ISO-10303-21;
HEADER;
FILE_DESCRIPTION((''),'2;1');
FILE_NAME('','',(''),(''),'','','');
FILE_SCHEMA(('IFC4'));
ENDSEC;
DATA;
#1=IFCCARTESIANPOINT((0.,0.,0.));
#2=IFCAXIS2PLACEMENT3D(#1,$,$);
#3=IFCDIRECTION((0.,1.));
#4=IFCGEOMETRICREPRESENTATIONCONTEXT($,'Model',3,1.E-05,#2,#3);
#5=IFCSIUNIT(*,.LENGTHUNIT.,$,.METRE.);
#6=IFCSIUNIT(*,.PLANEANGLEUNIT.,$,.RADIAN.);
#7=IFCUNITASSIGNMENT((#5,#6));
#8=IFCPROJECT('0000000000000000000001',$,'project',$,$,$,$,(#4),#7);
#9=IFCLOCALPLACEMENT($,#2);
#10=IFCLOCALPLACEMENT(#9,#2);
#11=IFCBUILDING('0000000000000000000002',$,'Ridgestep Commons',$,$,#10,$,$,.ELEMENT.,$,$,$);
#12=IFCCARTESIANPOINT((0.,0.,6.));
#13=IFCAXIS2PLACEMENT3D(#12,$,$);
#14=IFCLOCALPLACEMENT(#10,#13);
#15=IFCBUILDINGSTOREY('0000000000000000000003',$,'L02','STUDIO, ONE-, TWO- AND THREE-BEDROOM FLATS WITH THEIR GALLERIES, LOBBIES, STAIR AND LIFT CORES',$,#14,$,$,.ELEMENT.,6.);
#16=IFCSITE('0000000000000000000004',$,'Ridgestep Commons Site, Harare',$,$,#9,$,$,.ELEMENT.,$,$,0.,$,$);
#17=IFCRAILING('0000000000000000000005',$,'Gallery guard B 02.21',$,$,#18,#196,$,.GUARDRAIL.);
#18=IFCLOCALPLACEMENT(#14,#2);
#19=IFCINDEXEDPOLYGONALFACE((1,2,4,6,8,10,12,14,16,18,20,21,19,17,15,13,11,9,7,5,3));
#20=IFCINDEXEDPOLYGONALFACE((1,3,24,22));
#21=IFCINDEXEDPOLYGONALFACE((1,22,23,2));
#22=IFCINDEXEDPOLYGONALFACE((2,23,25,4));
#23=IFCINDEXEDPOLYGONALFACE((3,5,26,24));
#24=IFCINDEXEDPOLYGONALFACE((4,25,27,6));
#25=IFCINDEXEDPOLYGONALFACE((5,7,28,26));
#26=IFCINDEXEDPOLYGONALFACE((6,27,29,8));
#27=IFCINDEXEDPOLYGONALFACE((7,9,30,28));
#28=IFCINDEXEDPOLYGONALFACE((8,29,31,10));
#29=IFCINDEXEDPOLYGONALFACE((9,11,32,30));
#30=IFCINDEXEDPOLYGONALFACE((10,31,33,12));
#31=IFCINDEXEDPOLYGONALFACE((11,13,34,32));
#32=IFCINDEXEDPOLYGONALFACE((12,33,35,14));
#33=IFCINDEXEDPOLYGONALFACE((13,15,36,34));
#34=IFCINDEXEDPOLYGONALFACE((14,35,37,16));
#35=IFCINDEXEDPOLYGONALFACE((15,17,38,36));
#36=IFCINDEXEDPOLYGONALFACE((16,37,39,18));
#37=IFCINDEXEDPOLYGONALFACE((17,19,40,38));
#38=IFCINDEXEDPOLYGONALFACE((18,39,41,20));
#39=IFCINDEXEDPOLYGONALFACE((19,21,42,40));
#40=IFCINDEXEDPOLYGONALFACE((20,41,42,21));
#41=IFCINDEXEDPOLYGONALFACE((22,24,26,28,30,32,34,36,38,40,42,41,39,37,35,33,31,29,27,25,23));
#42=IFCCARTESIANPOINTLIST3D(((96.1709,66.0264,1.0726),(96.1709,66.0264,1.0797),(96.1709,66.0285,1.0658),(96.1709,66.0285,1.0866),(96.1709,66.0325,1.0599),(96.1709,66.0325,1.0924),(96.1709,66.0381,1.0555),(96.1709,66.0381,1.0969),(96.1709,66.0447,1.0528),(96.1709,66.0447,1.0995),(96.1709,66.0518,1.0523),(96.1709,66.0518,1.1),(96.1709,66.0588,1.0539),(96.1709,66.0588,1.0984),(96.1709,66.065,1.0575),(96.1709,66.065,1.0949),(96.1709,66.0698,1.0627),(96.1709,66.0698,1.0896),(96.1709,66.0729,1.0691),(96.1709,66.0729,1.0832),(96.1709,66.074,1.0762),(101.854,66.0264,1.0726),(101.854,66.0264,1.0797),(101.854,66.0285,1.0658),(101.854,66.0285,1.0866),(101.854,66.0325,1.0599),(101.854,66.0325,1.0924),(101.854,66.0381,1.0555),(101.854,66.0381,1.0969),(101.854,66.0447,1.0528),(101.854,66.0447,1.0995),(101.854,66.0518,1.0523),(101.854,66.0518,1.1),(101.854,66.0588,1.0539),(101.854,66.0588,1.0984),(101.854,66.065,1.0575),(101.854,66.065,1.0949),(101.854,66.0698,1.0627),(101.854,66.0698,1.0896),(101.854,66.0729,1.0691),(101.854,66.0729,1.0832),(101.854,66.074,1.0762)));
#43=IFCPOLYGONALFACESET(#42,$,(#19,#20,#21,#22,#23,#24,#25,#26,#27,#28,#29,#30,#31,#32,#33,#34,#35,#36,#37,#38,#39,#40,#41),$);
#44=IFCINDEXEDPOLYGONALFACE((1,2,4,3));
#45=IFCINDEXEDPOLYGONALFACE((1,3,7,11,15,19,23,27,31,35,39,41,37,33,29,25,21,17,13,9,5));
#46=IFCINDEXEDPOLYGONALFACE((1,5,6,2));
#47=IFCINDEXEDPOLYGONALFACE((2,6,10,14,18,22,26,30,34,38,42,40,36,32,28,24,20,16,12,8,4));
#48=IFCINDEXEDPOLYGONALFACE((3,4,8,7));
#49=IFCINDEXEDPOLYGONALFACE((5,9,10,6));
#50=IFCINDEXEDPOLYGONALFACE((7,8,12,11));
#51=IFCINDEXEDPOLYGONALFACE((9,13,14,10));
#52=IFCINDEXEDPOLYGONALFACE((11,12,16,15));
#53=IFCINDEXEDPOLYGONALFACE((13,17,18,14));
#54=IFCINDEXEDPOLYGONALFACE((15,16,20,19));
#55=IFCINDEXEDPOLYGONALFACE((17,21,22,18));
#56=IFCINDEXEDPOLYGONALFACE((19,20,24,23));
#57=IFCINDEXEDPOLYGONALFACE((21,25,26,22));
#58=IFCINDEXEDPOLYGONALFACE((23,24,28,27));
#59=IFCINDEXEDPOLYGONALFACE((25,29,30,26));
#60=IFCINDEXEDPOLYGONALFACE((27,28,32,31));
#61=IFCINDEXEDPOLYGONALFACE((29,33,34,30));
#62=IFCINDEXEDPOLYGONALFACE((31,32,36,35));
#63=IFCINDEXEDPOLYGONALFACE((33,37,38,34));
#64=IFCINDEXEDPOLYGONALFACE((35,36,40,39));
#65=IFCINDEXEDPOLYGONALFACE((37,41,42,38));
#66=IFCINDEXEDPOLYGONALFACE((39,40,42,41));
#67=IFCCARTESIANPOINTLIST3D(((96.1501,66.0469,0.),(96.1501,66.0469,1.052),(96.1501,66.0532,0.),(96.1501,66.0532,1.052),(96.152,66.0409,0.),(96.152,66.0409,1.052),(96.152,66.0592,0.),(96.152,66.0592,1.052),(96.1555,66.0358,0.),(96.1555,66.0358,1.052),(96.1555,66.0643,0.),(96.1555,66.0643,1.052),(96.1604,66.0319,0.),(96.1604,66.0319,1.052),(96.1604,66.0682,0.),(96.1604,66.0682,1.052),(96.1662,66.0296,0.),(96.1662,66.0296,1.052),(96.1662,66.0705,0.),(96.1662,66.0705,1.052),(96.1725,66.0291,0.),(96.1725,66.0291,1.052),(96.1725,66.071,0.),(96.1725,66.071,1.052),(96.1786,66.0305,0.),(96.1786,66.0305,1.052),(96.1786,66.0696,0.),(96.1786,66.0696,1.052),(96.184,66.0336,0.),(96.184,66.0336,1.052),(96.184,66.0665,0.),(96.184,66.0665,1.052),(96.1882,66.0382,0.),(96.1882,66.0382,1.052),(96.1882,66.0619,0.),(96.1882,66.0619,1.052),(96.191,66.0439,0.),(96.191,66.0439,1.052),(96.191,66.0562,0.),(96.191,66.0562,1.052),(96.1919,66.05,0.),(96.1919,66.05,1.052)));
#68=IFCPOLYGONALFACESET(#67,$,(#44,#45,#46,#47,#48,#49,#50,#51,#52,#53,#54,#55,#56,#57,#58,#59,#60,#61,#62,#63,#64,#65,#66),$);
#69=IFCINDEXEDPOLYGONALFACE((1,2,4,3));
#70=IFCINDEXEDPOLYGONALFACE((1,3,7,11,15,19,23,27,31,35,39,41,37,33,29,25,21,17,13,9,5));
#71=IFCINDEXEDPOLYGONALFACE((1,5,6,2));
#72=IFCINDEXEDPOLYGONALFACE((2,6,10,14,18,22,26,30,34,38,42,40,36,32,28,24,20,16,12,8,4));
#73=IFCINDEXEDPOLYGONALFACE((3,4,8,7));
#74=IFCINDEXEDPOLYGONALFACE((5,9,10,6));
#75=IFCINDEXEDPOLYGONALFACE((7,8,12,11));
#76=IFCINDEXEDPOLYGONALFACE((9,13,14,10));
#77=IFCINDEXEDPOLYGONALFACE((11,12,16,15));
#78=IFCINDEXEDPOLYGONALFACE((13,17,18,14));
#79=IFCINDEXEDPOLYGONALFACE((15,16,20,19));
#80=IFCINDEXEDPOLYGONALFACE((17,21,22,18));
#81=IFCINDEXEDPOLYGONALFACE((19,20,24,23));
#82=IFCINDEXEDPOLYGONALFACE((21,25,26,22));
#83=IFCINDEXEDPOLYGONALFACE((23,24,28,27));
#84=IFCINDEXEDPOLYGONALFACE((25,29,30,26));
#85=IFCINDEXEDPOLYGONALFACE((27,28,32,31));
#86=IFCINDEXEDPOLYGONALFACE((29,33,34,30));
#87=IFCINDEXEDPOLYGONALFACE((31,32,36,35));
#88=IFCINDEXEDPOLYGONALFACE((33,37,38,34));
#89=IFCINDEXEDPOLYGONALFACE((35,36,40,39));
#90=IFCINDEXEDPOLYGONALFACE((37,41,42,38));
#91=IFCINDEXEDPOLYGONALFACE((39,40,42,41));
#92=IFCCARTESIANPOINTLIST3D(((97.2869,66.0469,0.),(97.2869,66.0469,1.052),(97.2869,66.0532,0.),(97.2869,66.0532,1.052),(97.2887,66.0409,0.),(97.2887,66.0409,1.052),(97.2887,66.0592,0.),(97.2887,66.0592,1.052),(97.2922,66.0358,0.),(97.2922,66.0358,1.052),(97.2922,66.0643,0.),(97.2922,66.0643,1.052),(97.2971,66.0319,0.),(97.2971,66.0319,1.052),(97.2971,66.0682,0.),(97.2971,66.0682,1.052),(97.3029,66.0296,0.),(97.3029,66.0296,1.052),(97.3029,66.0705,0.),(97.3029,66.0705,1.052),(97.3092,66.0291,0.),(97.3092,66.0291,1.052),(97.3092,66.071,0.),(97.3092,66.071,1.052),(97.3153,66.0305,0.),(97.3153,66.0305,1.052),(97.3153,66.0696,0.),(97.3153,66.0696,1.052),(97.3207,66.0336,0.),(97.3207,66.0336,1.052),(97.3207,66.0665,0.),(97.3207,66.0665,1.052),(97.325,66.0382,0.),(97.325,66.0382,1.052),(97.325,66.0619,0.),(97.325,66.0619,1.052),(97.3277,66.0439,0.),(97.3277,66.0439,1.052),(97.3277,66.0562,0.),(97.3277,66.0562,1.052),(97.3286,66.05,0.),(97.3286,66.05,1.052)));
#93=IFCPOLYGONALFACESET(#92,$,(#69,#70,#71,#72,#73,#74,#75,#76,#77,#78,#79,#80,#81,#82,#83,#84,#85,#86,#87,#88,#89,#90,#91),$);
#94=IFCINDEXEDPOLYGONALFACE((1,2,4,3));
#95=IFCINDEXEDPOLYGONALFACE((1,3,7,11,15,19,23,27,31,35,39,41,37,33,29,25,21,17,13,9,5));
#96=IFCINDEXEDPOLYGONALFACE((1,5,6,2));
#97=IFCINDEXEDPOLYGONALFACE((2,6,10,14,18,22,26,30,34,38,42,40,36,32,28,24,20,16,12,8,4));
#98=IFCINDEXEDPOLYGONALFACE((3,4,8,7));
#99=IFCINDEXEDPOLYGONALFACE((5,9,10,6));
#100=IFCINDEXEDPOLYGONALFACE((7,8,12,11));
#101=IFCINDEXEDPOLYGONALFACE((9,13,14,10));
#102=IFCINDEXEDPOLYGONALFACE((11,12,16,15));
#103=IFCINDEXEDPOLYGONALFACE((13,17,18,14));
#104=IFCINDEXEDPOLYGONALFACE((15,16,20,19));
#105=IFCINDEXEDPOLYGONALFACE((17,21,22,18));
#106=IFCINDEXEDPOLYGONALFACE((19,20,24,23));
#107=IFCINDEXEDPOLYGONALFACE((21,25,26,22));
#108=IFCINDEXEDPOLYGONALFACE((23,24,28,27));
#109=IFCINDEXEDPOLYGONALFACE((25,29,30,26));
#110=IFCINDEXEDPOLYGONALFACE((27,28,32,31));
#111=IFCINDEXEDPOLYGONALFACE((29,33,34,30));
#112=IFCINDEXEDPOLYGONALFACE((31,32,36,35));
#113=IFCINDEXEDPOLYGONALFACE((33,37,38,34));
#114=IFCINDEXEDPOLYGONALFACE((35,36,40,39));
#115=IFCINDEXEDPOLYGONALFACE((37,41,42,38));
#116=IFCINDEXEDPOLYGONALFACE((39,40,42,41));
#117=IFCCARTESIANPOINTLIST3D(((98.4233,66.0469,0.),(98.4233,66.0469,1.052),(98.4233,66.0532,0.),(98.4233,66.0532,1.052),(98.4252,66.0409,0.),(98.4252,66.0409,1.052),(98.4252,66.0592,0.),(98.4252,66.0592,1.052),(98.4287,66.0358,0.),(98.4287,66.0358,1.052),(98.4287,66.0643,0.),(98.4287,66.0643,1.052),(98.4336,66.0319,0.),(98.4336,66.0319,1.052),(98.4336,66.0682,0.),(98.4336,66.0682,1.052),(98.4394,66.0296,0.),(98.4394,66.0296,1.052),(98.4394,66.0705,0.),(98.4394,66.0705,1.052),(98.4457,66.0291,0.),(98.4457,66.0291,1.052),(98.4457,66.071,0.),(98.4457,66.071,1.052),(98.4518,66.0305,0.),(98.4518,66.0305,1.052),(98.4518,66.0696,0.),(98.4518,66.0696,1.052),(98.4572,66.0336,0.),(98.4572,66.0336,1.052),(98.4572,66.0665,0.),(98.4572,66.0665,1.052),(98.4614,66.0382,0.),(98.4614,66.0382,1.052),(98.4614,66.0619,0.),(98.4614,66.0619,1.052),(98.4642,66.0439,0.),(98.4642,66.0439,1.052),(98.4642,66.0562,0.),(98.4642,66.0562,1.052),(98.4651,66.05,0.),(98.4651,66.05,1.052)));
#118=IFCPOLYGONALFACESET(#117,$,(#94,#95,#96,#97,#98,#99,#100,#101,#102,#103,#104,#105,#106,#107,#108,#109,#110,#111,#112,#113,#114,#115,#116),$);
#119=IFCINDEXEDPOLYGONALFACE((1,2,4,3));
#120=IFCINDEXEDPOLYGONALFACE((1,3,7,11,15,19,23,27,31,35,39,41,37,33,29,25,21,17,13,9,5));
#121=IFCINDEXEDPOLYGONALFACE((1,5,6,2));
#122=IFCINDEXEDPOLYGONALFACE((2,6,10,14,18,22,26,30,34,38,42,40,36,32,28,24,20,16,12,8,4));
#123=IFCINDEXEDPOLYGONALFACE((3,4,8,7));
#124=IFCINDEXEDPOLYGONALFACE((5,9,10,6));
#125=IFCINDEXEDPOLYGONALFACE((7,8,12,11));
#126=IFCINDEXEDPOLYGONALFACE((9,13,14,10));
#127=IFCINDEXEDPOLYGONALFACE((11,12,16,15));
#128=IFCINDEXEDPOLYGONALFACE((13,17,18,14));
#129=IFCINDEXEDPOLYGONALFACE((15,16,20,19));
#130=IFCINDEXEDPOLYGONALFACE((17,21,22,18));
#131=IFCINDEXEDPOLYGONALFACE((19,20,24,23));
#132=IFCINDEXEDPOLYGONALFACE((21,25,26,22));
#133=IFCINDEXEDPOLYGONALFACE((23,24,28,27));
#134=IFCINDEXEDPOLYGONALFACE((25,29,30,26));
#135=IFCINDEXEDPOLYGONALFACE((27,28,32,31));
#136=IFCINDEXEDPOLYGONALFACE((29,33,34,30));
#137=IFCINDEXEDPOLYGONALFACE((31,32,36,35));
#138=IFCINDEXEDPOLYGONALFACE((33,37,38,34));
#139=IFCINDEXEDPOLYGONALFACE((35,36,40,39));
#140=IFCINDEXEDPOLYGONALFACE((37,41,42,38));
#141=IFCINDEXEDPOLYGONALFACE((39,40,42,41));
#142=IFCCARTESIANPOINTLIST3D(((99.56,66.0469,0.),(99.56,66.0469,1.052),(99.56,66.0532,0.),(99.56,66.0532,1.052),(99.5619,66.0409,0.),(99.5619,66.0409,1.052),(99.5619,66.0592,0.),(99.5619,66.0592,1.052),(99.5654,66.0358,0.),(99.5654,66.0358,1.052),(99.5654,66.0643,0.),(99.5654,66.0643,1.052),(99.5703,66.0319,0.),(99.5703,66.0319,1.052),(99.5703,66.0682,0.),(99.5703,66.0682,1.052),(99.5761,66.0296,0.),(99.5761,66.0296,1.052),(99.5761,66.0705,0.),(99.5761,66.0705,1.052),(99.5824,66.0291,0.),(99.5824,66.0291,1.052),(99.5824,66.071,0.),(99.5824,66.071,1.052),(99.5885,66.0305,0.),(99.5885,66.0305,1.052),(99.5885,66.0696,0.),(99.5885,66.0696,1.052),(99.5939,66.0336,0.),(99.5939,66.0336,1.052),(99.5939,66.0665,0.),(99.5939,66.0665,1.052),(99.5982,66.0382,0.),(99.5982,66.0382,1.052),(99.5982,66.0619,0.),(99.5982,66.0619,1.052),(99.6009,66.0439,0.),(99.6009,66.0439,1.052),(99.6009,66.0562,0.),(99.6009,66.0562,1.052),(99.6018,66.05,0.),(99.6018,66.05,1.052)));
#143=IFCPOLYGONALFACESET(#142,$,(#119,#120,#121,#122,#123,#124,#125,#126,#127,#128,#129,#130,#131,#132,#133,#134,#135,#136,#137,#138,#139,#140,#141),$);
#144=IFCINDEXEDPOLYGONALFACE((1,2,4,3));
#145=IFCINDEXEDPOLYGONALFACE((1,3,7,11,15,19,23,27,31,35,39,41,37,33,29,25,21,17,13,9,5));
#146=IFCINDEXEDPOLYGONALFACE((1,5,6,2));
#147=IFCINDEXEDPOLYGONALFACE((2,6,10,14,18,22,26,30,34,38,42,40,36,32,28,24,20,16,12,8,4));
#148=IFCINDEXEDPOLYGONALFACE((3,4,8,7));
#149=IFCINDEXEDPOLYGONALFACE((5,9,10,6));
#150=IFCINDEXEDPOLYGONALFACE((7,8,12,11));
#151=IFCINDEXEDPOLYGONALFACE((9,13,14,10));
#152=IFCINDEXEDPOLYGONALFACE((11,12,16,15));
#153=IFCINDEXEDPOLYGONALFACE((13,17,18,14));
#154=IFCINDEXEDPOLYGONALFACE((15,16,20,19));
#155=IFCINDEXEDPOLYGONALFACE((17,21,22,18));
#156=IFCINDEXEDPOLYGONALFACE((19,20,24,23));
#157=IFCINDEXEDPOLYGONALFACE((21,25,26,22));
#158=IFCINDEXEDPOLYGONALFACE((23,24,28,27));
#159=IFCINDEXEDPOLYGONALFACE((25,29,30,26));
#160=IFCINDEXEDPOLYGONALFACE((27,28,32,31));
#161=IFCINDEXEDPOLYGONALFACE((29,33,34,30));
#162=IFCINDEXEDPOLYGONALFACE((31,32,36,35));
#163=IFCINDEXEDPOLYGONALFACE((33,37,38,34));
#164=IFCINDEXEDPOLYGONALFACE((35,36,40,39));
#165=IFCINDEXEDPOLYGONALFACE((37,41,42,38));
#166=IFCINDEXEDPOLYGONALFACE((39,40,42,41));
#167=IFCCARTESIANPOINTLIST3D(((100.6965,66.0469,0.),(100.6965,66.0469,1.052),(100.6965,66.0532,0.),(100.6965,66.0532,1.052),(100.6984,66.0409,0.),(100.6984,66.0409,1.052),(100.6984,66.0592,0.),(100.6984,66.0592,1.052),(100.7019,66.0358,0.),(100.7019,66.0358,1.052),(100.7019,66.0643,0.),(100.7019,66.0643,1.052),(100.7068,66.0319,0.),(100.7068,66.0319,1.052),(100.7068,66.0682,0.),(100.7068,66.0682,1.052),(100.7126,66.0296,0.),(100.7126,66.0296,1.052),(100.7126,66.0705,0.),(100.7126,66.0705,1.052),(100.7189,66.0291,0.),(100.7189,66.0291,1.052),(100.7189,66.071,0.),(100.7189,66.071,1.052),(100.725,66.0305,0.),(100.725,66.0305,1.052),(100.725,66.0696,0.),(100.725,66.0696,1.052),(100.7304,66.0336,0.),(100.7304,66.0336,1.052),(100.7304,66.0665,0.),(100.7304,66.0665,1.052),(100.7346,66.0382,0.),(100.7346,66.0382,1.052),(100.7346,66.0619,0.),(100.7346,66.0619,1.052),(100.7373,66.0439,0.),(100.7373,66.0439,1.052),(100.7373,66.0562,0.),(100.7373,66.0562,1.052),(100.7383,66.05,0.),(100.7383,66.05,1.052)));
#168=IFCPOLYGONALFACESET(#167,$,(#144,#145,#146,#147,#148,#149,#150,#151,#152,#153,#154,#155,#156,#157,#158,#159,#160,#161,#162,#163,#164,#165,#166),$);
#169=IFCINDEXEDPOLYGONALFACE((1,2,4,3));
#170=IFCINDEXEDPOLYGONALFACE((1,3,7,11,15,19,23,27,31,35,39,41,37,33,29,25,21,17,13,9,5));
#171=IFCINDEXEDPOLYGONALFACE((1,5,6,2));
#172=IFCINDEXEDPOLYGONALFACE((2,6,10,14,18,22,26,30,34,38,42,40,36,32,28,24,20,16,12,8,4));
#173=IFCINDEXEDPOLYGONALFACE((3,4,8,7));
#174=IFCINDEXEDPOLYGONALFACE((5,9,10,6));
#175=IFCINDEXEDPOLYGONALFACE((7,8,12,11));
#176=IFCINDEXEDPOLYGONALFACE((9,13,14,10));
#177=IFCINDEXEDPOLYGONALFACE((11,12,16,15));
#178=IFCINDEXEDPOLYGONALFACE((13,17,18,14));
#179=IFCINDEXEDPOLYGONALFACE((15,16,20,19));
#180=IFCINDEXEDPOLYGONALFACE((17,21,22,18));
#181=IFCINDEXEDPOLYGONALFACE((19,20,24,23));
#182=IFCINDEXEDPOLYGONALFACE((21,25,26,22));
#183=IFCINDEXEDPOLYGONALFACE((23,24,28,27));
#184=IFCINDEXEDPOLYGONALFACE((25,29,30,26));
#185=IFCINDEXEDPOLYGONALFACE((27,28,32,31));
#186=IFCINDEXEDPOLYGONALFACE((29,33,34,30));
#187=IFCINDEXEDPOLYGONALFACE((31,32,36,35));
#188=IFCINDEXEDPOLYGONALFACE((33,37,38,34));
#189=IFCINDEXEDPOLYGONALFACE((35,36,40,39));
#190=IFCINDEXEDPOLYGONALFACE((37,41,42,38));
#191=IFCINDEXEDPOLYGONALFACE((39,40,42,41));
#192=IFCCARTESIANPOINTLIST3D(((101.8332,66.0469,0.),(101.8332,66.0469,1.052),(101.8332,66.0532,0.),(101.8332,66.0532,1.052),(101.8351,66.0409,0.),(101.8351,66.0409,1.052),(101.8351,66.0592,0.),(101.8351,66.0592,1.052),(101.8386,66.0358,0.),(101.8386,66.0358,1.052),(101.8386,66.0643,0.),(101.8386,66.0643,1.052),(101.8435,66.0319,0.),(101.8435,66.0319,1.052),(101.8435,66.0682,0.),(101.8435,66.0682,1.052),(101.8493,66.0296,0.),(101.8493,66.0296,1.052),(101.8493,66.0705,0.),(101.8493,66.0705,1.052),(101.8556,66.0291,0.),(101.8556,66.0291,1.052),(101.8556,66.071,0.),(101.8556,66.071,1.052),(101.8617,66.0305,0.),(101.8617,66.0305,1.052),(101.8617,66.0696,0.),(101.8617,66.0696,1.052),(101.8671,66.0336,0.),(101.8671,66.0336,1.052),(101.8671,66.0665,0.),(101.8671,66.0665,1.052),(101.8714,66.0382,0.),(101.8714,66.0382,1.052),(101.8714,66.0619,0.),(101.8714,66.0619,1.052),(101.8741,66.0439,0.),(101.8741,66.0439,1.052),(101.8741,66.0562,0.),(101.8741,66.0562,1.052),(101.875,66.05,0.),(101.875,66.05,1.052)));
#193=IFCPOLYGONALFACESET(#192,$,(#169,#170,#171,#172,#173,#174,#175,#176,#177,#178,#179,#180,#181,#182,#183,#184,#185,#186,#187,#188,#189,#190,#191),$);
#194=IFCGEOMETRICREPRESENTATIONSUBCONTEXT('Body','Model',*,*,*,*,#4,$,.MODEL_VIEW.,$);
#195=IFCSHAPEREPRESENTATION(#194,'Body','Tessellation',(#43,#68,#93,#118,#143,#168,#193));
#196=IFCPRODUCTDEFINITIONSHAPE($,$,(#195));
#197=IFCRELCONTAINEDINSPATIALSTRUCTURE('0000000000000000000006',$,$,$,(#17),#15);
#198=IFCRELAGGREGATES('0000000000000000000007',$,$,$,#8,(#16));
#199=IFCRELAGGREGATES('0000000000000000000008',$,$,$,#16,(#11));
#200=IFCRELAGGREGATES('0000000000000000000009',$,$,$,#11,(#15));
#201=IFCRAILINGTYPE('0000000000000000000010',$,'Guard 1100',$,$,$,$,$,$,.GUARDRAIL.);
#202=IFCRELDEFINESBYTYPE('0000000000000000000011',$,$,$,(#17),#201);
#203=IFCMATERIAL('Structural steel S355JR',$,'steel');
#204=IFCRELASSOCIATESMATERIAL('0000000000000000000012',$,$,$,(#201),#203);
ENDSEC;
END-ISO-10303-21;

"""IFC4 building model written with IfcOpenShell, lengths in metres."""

from ifc_helpers import new_model, si_unit, direction, frame, origin, origin_2d, place, context, subcontext, project, spatial, circle, extrude, material, type_object, element, save


model = new_model("IFC4")

# Units and contexts
model_context = context("Model", 3, precision=1e-05, world=origin(), true_north=direction((0.0, 1.0)))
body_context = subcontext(model_context, "Body", "Model", "MODEL_VIEW")
ifc_project = project(units=[si_unit("LENGTHUNIT", "METRE"), si_unit("PLANEANGLEUNIT", "RADIAN")], contexts=[model_context])

# Site, building, storey
site_placement = place(None, origin())
site = spatial("IfcSite", under=ifc_project, at=site_placement, Name="Ridgestep Commons Site, Harare", CompositionType="ELEMENT", RefElevation=0.0)
building_placement = place(site_placement, origin())
building = spatial("IfcBuilding", under=site, at=building_placement, Name="Ridgestep Commons", CompositionType="ELEMENT")
storey_placement = place(building_placement, frame((0.0, 0.0, 6.0)))
storey = spatial("IfcBuildingStorey", under=building, at=storey_placement, Name="L02", Description="STUDIO, ONE-, TWO- AND THREE-BEDROOM FLATS WITH THEIR GALLERIES, LOBBIES, STAIR AND LIFT CORES", CompositionType="ELEMENT", Elevation=6.0)

# Railing
ifc_material_1 = material(Name="Structural steel S355JR", Category="steel")
railing_type_1 = type_object("IfcRailingType", Name="Guard 1100", PredefinedType="GUARDRAIL", material=ifc_material_1)
railing_1_placement = place(storey_placement, frame((96.1709, 66.05, 0.0)))
element("IfcRailing", 1, at=railing_1_placement, inside=storey, type_object=railing_type_1, Name="Gallery guard B 02.21", PredefinedType="GUARDRAIL", context=body_context, shape_type="SweptSolid", body=[
    extrude(circle(Radius=0.0239, at=origin_2d()), frame((0.0, 0.0, 1.0762), z_axis=(1.0, 0.0, 0.0), x_axis=(0.0, 1.0, 0.0)), (0.0, 0.0, 1.0), 5.6831),
    extrude(circle(Radius=0.021, at=origin_2d()), origin(), (0.0, 0.0, 1.0), 1.052),
    extrude(circle(Radius=0.021, at=origin_2d()), frame((1.1367, 0.0, 0.0)), (0.0, 0.0, 1.0), 1.052),
    extrude(circle(Radius=0.021, at=origin_2d()), frame((2.2732, 0.0, 0.0)), (0.0, 0.0, 1.0), 1.052),
    extrude(circle(Radius=0.021, at=origin_2d()), frame((3.4099, 0.0, 0.0)), (0.0, 0.0, 1.0), 1.052),
    extrude(circle(Radius=0.021, at=origin_2d()), frame((4.5464, 0.0, 0.0)), (0.0, 0.0, 1.0), 1.052),
    extrude(circle(Radius=0.021, at=origin_2d()), frame((5.6831, 0.0, 0.0)), (0.0, 0.0, 1.0), 1.052),
])

save(model, "model.ifc")
